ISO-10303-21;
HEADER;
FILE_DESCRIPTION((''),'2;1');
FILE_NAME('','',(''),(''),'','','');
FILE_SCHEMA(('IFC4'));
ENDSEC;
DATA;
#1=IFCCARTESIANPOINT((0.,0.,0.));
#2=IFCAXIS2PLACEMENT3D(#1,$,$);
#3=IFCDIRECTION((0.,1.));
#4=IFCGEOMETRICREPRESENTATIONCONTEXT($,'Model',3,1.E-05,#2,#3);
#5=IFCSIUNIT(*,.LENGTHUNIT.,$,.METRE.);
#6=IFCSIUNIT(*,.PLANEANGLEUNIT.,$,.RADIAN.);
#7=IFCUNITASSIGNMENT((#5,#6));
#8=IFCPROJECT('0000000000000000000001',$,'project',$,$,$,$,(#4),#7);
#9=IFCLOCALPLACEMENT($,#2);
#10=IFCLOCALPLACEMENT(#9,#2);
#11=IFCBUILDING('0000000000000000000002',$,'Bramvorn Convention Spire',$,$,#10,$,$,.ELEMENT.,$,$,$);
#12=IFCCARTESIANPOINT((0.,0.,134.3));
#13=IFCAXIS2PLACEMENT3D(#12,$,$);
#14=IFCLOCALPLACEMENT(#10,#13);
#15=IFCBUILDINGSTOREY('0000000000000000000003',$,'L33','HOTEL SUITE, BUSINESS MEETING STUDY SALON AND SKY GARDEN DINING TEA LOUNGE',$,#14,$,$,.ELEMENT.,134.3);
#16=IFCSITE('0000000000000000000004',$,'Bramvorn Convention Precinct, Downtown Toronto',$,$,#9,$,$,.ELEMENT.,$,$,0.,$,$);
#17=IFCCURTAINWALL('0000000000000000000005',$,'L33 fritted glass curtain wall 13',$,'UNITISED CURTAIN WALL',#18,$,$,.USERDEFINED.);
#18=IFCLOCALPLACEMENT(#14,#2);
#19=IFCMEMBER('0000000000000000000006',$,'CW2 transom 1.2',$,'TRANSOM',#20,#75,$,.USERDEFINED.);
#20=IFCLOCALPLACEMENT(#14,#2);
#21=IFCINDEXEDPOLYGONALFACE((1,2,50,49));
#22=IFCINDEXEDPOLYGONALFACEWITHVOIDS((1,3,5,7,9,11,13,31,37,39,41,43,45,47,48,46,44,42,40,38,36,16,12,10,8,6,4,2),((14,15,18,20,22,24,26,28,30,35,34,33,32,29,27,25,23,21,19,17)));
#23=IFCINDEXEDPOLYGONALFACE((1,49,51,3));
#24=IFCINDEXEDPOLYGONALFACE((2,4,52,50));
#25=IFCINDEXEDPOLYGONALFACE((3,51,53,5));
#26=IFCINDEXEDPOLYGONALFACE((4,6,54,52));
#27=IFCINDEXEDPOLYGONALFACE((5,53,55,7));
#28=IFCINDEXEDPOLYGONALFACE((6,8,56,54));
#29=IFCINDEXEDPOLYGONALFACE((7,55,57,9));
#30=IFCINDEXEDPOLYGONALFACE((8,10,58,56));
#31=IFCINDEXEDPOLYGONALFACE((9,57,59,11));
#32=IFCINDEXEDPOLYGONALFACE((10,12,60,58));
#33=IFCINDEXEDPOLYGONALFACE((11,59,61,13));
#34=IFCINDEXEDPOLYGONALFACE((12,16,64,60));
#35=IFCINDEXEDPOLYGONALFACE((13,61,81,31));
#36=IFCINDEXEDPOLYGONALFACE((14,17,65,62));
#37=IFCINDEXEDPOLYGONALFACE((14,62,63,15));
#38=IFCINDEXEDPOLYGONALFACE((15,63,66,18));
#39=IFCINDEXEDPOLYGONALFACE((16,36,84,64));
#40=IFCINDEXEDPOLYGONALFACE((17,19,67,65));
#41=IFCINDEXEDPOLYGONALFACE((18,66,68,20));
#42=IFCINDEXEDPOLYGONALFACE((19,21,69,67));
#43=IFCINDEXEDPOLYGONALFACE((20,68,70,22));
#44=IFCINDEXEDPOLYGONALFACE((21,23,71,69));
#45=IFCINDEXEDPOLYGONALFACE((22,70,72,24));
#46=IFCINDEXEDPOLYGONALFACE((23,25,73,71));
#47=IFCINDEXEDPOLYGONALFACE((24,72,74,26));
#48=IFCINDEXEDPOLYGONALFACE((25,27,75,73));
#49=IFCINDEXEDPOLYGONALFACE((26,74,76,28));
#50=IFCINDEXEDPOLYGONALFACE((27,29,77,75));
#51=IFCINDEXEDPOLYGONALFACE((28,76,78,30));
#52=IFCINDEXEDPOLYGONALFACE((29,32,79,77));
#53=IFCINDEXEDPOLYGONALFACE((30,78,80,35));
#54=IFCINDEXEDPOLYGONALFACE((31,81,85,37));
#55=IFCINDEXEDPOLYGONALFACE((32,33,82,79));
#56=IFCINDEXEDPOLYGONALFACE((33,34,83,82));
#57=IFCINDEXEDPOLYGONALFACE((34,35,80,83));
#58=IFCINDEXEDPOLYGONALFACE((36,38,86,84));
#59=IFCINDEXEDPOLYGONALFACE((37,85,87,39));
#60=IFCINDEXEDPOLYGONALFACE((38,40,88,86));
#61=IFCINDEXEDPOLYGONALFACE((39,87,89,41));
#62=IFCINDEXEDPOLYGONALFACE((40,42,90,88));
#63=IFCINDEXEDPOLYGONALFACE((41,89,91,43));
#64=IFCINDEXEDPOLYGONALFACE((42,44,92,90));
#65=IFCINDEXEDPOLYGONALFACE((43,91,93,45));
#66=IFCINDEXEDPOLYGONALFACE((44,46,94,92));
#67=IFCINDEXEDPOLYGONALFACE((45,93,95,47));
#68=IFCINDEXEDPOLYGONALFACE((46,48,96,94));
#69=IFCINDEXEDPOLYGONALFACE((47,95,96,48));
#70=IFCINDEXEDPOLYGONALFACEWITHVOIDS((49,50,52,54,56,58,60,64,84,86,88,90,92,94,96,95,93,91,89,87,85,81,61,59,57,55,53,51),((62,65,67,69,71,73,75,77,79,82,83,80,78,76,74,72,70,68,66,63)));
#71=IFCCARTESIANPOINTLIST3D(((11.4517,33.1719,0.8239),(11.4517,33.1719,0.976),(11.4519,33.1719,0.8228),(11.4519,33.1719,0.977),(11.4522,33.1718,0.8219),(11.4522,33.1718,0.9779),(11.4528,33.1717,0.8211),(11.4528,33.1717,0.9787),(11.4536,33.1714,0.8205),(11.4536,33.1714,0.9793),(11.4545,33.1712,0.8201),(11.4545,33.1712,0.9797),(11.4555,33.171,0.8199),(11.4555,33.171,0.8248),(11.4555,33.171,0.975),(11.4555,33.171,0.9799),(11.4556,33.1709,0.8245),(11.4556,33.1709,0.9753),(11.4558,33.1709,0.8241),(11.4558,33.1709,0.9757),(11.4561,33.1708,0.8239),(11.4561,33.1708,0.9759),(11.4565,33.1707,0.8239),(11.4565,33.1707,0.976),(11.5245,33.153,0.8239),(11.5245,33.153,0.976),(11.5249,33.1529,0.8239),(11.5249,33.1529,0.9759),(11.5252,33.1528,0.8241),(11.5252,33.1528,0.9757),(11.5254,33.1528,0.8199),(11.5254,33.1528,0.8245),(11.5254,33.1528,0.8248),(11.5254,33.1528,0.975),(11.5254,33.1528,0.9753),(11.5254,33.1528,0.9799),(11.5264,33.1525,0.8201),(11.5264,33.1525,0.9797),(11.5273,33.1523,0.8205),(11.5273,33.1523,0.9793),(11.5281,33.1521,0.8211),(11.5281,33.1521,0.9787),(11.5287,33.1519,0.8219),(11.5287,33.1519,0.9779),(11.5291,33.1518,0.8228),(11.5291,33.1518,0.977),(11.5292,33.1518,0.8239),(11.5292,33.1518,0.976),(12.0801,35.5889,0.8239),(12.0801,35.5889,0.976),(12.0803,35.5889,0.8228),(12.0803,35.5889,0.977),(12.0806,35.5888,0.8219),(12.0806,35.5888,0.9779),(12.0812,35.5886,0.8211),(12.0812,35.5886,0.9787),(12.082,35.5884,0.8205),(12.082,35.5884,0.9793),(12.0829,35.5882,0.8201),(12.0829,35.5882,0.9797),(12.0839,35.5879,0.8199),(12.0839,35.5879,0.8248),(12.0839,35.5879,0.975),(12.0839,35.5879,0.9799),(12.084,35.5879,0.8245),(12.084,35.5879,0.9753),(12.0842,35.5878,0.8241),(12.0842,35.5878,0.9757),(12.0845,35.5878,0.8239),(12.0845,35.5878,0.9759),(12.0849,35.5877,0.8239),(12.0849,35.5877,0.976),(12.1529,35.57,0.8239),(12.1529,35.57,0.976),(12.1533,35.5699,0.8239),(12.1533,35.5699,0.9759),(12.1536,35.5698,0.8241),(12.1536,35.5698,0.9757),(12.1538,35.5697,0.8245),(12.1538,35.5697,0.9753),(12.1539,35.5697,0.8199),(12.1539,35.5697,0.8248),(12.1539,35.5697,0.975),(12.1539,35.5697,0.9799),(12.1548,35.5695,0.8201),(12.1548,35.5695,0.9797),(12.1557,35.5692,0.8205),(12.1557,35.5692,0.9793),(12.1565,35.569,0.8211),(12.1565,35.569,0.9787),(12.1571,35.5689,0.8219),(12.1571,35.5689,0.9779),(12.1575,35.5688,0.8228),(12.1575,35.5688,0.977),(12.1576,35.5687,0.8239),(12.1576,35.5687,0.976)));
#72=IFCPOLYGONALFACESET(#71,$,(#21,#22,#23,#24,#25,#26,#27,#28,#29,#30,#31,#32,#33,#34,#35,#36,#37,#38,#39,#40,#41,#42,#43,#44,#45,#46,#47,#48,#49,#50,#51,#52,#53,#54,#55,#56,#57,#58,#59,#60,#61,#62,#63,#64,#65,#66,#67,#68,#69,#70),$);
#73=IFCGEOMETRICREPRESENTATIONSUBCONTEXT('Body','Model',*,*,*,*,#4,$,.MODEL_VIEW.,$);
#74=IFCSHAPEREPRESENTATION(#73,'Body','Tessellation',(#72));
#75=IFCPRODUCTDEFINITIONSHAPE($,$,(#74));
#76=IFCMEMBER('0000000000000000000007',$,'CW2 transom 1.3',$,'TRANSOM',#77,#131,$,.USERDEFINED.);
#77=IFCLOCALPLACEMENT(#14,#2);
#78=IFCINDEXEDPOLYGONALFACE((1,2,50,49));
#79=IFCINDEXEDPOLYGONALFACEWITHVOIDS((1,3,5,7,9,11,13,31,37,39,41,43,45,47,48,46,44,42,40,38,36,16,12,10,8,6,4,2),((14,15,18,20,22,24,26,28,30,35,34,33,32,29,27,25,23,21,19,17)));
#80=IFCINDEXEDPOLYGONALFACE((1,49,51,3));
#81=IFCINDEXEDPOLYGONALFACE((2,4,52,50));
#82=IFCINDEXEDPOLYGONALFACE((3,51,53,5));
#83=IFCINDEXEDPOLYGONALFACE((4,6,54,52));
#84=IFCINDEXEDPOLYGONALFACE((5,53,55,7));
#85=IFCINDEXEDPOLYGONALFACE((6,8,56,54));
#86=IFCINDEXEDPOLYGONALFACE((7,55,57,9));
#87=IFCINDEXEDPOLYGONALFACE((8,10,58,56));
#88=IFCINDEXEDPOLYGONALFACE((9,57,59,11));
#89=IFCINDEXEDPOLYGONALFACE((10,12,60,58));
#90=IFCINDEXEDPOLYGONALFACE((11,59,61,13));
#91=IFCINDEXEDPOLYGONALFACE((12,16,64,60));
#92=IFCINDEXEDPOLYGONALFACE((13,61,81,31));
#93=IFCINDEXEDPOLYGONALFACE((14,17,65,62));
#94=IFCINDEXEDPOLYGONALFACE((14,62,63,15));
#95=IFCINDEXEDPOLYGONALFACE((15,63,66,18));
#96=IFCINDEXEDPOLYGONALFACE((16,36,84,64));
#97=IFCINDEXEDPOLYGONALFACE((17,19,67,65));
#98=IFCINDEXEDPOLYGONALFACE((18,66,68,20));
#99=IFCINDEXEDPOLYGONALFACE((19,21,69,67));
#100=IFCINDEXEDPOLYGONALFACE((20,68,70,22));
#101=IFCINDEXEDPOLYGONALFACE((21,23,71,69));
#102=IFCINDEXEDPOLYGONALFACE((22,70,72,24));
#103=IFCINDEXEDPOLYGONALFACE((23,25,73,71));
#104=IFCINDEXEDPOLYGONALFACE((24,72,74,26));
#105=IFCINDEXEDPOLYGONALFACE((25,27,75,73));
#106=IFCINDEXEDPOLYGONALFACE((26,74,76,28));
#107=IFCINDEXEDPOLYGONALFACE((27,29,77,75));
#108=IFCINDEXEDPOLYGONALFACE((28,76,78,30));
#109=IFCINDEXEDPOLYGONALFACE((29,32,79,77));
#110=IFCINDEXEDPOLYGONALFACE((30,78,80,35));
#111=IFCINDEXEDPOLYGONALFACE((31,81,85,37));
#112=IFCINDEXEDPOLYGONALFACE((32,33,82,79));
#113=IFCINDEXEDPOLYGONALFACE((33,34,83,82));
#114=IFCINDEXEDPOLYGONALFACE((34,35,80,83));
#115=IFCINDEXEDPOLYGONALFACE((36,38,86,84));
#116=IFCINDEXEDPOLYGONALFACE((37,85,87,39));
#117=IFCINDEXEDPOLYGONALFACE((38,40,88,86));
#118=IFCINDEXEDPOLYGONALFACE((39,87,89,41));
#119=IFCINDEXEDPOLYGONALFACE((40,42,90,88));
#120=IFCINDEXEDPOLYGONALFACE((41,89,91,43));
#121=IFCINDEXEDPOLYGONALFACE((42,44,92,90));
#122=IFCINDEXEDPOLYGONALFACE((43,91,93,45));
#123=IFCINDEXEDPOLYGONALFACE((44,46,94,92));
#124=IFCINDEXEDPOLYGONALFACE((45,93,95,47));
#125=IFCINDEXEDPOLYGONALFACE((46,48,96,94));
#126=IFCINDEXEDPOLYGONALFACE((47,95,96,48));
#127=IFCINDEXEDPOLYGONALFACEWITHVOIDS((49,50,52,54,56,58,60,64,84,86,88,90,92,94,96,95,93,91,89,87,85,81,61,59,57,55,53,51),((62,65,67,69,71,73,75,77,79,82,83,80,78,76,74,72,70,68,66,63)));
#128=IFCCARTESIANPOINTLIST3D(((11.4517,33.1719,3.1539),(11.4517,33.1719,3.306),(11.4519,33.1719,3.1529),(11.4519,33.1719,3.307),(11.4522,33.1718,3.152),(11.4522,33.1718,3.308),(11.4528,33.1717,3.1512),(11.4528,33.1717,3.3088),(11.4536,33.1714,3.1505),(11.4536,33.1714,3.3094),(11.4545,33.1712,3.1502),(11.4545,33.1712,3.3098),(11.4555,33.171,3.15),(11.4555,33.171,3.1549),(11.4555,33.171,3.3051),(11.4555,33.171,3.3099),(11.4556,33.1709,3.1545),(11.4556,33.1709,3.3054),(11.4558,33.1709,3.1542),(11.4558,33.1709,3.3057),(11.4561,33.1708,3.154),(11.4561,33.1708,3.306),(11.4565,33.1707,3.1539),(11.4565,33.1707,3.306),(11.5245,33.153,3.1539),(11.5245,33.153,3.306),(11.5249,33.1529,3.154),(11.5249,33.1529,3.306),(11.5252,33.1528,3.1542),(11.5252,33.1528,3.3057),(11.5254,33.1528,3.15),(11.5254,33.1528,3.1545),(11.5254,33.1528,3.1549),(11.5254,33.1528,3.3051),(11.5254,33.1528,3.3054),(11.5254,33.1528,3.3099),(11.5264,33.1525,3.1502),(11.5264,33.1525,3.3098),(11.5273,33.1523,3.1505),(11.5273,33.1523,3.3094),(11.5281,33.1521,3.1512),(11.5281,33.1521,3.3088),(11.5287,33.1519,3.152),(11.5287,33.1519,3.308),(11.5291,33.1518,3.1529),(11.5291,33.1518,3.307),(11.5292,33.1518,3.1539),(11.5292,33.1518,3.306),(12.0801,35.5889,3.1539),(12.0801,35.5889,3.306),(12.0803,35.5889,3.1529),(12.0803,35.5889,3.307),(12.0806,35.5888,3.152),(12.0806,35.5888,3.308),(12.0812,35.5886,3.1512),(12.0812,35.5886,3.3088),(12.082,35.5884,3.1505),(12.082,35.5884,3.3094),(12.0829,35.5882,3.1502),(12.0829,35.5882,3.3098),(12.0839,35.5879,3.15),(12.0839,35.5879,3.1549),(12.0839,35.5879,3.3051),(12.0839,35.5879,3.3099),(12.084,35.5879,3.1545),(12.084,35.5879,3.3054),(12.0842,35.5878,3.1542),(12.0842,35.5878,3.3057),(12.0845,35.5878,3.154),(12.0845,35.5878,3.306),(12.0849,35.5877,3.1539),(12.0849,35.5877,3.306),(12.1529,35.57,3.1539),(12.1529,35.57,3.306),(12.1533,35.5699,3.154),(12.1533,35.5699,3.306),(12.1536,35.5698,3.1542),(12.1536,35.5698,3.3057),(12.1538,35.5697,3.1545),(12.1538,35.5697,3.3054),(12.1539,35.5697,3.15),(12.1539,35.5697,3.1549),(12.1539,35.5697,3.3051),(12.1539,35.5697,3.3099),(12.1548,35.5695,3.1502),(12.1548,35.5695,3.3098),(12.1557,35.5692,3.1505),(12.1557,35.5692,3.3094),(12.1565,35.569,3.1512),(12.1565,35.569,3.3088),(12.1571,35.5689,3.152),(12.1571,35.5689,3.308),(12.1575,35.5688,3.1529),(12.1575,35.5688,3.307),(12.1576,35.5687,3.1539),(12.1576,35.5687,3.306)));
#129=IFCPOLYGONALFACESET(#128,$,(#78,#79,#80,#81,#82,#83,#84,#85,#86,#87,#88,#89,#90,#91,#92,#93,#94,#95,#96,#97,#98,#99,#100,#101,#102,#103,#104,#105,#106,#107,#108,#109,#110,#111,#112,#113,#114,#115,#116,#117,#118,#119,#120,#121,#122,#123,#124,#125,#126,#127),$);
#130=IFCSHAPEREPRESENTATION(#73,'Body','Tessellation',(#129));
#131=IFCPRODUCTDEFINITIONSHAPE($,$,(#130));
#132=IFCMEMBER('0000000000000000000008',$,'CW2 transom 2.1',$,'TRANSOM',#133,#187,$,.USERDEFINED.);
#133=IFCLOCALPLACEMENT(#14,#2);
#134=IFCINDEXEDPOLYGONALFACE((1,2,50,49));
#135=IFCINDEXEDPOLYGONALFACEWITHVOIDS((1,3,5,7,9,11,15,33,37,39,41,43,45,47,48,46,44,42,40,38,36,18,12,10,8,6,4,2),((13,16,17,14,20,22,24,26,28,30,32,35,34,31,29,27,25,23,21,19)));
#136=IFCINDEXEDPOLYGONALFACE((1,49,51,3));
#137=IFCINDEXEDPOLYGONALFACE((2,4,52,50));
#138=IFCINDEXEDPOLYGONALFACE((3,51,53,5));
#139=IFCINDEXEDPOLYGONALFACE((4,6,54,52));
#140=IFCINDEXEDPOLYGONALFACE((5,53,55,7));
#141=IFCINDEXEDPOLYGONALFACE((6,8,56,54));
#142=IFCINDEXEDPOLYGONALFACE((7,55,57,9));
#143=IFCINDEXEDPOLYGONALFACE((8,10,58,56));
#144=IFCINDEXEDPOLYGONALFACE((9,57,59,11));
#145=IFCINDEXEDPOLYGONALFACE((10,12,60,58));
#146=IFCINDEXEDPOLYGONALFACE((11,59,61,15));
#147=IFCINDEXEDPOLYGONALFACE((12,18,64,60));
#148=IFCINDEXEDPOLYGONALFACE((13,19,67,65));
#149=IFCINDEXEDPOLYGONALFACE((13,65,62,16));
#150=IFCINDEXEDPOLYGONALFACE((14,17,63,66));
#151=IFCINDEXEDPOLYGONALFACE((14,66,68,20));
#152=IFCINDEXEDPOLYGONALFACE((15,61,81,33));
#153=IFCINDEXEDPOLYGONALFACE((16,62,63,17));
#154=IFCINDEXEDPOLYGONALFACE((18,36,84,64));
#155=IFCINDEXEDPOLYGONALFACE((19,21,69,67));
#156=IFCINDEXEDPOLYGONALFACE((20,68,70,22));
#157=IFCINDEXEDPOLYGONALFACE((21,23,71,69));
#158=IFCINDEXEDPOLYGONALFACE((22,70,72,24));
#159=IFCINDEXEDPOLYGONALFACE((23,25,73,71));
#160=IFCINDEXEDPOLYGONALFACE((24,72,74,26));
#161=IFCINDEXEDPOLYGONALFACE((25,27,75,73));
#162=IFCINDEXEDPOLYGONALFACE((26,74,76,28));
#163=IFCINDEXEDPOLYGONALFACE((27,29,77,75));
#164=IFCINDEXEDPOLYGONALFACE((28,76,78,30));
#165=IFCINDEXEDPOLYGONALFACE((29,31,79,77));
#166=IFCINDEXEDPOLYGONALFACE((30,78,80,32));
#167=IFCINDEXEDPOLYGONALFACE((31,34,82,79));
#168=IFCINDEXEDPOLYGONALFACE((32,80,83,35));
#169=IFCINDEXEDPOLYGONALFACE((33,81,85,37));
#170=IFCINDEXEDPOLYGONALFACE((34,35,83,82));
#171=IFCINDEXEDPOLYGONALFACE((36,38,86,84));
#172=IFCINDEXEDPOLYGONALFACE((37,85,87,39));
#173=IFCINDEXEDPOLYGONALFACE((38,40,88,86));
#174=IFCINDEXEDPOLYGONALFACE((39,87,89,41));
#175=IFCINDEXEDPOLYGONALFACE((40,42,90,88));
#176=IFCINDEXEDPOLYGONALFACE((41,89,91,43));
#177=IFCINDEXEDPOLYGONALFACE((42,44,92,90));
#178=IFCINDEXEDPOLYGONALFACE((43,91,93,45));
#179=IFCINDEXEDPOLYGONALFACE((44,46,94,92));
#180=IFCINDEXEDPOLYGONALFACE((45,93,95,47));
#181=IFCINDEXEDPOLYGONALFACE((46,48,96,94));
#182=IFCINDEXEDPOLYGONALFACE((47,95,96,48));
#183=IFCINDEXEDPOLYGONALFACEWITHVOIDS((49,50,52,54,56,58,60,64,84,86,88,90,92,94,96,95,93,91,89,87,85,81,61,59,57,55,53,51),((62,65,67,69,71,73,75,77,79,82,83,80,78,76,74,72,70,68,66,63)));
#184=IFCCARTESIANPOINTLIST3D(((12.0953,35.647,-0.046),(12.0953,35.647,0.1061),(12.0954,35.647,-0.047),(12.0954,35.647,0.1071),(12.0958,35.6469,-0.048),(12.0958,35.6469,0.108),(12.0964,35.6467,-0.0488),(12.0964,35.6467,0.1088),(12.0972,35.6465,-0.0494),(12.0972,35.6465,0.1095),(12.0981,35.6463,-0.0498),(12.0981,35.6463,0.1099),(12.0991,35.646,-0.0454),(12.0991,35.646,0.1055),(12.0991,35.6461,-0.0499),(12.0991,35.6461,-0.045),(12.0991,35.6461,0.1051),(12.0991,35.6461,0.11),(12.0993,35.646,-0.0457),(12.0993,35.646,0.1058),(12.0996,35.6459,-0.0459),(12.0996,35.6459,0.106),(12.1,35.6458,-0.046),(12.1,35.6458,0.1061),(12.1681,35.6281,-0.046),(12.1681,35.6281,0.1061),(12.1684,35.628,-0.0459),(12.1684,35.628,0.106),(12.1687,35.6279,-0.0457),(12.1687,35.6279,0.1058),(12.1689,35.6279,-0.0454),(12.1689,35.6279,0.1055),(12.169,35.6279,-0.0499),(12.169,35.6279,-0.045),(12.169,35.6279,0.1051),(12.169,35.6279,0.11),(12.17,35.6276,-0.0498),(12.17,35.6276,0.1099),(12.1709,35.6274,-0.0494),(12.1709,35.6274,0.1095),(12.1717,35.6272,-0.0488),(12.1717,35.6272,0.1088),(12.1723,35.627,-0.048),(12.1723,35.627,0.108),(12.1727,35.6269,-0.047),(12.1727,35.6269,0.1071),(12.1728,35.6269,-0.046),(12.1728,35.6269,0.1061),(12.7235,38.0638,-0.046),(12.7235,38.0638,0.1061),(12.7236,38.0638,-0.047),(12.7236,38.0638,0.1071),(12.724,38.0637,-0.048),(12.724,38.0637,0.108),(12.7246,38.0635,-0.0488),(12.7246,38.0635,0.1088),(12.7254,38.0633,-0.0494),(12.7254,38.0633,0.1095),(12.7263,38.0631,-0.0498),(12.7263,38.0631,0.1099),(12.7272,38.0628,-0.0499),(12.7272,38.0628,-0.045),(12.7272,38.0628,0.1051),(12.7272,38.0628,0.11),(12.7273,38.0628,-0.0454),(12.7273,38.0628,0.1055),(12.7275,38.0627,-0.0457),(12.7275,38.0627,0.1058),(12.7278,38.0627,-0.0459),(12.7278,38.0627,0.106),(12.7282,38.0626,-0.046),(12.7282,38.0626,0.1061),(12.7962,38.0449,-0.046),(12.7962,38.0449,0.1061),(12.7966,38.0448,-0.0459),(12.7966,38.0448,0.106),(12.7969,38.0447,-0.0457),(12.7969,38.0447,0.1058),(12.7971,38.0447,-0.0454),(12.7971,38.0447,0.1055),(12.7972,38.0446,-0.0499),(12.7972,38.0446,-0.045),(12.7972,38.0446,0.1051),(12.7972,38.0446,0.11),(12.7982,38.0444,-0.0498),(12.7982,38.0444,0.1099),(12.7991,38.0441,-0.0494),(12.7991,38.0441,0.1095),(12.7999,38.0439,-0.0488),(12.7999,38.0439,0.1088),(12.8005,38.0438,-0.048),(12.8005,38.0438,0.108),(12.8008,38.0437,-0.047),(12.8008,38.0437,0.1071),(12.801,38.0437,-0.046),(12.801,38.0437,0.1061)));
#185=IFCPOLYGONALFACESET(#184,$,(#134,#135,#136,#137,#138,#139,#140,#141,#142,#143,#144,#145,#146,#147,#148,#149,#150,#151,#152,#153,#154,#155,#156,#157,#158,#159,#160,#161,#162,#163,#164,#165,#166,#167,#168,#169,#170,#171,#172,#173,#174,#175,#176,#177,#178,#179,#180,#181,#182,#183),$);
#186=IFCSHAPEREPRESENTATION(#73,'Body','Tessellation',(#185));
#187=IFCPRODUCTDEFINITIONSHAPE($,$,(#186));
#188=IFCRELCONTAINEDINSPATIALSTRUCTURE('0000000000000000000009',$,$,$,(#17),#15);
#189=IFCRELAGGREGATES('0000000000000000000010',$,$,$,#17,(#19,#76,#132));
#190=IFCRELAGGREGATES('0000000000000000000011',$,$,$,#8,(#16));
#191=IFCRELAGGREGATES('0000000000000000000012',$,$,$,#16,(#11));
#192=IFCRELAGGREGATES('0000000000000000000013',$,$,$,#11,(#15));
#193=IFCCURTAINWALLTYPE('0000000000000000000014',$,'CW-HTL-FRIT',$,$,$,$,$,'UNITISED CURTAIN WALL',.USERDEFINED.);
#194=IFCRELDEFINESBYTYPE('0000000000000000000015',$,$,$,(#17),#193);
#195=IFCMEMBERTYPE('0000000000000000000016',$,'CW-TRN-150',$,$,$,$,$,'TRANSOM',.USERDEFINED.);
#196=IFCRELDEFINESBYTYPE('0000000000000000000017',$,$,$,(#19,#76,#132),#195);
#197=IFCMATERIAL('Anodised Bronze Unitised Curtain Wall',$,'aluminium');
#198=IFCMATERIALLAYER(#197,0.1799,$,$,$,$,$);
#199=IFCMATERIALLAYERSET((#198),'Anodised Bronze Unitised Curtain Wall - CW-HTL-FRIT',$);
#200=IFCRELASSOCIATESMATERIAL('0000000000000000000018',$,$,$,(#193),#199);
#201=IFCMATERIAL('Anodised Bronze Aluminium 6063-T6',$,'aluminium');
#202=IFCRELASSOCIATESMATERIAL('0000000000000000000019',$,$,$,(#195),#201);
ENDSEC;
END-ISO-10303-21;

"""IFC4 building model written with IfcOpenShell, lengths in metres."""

from ifc_helpers import new_model, si_unit, direction, frame, origin, origin_2d, place, context, subcontext, project, spatial, hollow_rectangle, extrude, material, layer, layer_set, material_profile, profile_set, type_object, element, aggregate, save


model = new_model("IFC4")

# Units and contexts
model_context = context("Model", 3, precision=1e-05, world=origin(), true_north=direction((0.0, 1.0)))
body_context = subcontext(model_context, "Body", "Model", "MODEL_VIEW")
ifc_project = project(units=[si_unit("LENGTHUNIT", "METRE"), si_unit("PLANEANGLEUNIT", "RADIAN")], contexts=[model_context])

# Site, building, storey
site_placement = place(None, origin())
site = spatial("IfcSite", under=ifc_project, at=site_placement, Name="Bramvorn Convention Precinct, Downtown Toronto", CompositionType="ELEMENT", RefElevation=0.0)
building_placement = place(site_placement, origin())
building = spatial("IfcBuilding", under=site, at=building_placement, Name="Bramvorn Convention Spire", CompositionType="ELEMENT")
storey_placement = place(building_placement, frame((0.0, 0.0, 134.3)))
storey = spatial("IfcBuildingStorey", under=building, at=storey_placement, Name="L33", Description="HOTEL SUITE, BUSINESS MEETING STUDY SALON AND SKY GARDEN DINING TEA LOUNGE", CompositionType="ELEMENT", Elevation=134.3)

# Curtain wall
ifc_material_1 = material(Name="Anodised Bronze Unitised Curtain Wall", Category="aluminium")
ifc_layer_1 = layer(ifc_material_1, 0.1799)
ifc_layer_set_1 = layer_set([ifc_layer_1], Name="Anodised Bronze Unitised Curtain Wall - CW-HTL-FRIT")
curtain_wall_type = type_object("IfcCurtainWallType", Name="CW-HTL-FRIT", ElementType="UNITISED CURTAIN WALL", PredefinedType="USERDEFINED", material=ifc_layer_set_1)
curtain_wall_1_placement = place(storey_placement, origin())
curtain_wall_1 = element("IfcCurtainWall", 1, at=curtain_wall_1_placement, inside=storey, type_object=curtain_wall_type, Name="L33 fritted glass curtain wall 13", ObjectType="UNITISED CURTAIN WALL", PredefinedType="USERDEFINED")
ifc_material_2 = material(Name="Anodised Bronze Aluminium 6063-T6", Category="aluminium")

# Members
ifc_material_profile_1 = material_profile(ifc_material_2, hollow_rectangle(XDim=0.0801, YDim=0.1599, WallThickness=0.0039, InnerFilletRadius=0.001, OuterFilletRadius=0.0039, at=origin_2d()))
ifc_profile_set_1 = profile_set([ifc_material_profile_1], Name="Anodised Bronze Aluminium 6063-T6 - CWT80X160")
member_type_1 = type_object("IfcMemberType", Name="CW-TRN-150", ElementType="TRANSOM", PredefinedType="USERDEFINED", material=ifc_profile_set_1)
member_1_placement = place(storey_placement, frame((11.4905, 33.1619, 0.8999), z_axis=(0.251634, 0.967823, 0.0), x_axis=(-0.967823, 0.251634, 0.0)))
member_1 = element("IfcMember", 2, at=member_1_placement, type_object=member_type_1, Name="CW2 transom 1.2", ObjectType="TRANSOM", PredefinedType="USERDEFINED", context=body_context, shape_type="SweptSolid", body=[
    extrude(hollow_rectangle(XDim=0.0801, YDim=0.1599, WallThickness=0.0039, InnerFilletRadius=0.001, OuterFilletRadius=0.0039, at=origin_2d()), origin(), (0.0, 0.0, 1.0), 2.4973),
])
member_2_placement = place(storey_placement, frame((11.4905, 33.1619, 3.23), z_axis=(0.251634, 0.967823, 0.0), x_axis=(-0.967823, 0.251634, 0.0)))
member_2 = element("IfcMember", 3, at=member_2_placement, type_object=member_type_1, Name="CW2 transom 1.3", ObjectType="TRANSOM", PredefinedType="USERDEFINED", context=body_context, shape_type="SweptSolid", body=[
    extrude(hollow_rectangle(XDim=0.0801, YDim=0.1599, WallThickness=0.0039, InnerFilletRadius=0.001, OuterFilletRadius=0.0039, at=origin_2d()), origin(), (0.0, 0.0, 1.0), 2.4973),
])
member_3_placement = place(storey_placement, frame((12.134, 35.637, 0.03), z_axis=(0.251566, 0.96784, 0.0), x_axis=(-0.96784, 0.251566, 0.0)))
member_3 = element("IfcMember", 4, at=member_3_placement, type_object=member_type_1, Name="CW2 transom 2.1", ObjectType="TRANSOM", PredefinedType="USERDEFINED", context=body_context, shape_type="SweptSolid", body=[
    extrude(hollow_rectangle(XDim=0.0801, YDim=0.1599, WallThickness=0.0039, InnerFilletRadius=0.001, OuterFilletRadius=0.0039, at=origin_2d()), origin(), (0.0, 0.0, 1.0), 2.4971),
])

aggregate(curtain_wall_1, [member_1, member_2, member_3])

save(model, "model.ifc")
